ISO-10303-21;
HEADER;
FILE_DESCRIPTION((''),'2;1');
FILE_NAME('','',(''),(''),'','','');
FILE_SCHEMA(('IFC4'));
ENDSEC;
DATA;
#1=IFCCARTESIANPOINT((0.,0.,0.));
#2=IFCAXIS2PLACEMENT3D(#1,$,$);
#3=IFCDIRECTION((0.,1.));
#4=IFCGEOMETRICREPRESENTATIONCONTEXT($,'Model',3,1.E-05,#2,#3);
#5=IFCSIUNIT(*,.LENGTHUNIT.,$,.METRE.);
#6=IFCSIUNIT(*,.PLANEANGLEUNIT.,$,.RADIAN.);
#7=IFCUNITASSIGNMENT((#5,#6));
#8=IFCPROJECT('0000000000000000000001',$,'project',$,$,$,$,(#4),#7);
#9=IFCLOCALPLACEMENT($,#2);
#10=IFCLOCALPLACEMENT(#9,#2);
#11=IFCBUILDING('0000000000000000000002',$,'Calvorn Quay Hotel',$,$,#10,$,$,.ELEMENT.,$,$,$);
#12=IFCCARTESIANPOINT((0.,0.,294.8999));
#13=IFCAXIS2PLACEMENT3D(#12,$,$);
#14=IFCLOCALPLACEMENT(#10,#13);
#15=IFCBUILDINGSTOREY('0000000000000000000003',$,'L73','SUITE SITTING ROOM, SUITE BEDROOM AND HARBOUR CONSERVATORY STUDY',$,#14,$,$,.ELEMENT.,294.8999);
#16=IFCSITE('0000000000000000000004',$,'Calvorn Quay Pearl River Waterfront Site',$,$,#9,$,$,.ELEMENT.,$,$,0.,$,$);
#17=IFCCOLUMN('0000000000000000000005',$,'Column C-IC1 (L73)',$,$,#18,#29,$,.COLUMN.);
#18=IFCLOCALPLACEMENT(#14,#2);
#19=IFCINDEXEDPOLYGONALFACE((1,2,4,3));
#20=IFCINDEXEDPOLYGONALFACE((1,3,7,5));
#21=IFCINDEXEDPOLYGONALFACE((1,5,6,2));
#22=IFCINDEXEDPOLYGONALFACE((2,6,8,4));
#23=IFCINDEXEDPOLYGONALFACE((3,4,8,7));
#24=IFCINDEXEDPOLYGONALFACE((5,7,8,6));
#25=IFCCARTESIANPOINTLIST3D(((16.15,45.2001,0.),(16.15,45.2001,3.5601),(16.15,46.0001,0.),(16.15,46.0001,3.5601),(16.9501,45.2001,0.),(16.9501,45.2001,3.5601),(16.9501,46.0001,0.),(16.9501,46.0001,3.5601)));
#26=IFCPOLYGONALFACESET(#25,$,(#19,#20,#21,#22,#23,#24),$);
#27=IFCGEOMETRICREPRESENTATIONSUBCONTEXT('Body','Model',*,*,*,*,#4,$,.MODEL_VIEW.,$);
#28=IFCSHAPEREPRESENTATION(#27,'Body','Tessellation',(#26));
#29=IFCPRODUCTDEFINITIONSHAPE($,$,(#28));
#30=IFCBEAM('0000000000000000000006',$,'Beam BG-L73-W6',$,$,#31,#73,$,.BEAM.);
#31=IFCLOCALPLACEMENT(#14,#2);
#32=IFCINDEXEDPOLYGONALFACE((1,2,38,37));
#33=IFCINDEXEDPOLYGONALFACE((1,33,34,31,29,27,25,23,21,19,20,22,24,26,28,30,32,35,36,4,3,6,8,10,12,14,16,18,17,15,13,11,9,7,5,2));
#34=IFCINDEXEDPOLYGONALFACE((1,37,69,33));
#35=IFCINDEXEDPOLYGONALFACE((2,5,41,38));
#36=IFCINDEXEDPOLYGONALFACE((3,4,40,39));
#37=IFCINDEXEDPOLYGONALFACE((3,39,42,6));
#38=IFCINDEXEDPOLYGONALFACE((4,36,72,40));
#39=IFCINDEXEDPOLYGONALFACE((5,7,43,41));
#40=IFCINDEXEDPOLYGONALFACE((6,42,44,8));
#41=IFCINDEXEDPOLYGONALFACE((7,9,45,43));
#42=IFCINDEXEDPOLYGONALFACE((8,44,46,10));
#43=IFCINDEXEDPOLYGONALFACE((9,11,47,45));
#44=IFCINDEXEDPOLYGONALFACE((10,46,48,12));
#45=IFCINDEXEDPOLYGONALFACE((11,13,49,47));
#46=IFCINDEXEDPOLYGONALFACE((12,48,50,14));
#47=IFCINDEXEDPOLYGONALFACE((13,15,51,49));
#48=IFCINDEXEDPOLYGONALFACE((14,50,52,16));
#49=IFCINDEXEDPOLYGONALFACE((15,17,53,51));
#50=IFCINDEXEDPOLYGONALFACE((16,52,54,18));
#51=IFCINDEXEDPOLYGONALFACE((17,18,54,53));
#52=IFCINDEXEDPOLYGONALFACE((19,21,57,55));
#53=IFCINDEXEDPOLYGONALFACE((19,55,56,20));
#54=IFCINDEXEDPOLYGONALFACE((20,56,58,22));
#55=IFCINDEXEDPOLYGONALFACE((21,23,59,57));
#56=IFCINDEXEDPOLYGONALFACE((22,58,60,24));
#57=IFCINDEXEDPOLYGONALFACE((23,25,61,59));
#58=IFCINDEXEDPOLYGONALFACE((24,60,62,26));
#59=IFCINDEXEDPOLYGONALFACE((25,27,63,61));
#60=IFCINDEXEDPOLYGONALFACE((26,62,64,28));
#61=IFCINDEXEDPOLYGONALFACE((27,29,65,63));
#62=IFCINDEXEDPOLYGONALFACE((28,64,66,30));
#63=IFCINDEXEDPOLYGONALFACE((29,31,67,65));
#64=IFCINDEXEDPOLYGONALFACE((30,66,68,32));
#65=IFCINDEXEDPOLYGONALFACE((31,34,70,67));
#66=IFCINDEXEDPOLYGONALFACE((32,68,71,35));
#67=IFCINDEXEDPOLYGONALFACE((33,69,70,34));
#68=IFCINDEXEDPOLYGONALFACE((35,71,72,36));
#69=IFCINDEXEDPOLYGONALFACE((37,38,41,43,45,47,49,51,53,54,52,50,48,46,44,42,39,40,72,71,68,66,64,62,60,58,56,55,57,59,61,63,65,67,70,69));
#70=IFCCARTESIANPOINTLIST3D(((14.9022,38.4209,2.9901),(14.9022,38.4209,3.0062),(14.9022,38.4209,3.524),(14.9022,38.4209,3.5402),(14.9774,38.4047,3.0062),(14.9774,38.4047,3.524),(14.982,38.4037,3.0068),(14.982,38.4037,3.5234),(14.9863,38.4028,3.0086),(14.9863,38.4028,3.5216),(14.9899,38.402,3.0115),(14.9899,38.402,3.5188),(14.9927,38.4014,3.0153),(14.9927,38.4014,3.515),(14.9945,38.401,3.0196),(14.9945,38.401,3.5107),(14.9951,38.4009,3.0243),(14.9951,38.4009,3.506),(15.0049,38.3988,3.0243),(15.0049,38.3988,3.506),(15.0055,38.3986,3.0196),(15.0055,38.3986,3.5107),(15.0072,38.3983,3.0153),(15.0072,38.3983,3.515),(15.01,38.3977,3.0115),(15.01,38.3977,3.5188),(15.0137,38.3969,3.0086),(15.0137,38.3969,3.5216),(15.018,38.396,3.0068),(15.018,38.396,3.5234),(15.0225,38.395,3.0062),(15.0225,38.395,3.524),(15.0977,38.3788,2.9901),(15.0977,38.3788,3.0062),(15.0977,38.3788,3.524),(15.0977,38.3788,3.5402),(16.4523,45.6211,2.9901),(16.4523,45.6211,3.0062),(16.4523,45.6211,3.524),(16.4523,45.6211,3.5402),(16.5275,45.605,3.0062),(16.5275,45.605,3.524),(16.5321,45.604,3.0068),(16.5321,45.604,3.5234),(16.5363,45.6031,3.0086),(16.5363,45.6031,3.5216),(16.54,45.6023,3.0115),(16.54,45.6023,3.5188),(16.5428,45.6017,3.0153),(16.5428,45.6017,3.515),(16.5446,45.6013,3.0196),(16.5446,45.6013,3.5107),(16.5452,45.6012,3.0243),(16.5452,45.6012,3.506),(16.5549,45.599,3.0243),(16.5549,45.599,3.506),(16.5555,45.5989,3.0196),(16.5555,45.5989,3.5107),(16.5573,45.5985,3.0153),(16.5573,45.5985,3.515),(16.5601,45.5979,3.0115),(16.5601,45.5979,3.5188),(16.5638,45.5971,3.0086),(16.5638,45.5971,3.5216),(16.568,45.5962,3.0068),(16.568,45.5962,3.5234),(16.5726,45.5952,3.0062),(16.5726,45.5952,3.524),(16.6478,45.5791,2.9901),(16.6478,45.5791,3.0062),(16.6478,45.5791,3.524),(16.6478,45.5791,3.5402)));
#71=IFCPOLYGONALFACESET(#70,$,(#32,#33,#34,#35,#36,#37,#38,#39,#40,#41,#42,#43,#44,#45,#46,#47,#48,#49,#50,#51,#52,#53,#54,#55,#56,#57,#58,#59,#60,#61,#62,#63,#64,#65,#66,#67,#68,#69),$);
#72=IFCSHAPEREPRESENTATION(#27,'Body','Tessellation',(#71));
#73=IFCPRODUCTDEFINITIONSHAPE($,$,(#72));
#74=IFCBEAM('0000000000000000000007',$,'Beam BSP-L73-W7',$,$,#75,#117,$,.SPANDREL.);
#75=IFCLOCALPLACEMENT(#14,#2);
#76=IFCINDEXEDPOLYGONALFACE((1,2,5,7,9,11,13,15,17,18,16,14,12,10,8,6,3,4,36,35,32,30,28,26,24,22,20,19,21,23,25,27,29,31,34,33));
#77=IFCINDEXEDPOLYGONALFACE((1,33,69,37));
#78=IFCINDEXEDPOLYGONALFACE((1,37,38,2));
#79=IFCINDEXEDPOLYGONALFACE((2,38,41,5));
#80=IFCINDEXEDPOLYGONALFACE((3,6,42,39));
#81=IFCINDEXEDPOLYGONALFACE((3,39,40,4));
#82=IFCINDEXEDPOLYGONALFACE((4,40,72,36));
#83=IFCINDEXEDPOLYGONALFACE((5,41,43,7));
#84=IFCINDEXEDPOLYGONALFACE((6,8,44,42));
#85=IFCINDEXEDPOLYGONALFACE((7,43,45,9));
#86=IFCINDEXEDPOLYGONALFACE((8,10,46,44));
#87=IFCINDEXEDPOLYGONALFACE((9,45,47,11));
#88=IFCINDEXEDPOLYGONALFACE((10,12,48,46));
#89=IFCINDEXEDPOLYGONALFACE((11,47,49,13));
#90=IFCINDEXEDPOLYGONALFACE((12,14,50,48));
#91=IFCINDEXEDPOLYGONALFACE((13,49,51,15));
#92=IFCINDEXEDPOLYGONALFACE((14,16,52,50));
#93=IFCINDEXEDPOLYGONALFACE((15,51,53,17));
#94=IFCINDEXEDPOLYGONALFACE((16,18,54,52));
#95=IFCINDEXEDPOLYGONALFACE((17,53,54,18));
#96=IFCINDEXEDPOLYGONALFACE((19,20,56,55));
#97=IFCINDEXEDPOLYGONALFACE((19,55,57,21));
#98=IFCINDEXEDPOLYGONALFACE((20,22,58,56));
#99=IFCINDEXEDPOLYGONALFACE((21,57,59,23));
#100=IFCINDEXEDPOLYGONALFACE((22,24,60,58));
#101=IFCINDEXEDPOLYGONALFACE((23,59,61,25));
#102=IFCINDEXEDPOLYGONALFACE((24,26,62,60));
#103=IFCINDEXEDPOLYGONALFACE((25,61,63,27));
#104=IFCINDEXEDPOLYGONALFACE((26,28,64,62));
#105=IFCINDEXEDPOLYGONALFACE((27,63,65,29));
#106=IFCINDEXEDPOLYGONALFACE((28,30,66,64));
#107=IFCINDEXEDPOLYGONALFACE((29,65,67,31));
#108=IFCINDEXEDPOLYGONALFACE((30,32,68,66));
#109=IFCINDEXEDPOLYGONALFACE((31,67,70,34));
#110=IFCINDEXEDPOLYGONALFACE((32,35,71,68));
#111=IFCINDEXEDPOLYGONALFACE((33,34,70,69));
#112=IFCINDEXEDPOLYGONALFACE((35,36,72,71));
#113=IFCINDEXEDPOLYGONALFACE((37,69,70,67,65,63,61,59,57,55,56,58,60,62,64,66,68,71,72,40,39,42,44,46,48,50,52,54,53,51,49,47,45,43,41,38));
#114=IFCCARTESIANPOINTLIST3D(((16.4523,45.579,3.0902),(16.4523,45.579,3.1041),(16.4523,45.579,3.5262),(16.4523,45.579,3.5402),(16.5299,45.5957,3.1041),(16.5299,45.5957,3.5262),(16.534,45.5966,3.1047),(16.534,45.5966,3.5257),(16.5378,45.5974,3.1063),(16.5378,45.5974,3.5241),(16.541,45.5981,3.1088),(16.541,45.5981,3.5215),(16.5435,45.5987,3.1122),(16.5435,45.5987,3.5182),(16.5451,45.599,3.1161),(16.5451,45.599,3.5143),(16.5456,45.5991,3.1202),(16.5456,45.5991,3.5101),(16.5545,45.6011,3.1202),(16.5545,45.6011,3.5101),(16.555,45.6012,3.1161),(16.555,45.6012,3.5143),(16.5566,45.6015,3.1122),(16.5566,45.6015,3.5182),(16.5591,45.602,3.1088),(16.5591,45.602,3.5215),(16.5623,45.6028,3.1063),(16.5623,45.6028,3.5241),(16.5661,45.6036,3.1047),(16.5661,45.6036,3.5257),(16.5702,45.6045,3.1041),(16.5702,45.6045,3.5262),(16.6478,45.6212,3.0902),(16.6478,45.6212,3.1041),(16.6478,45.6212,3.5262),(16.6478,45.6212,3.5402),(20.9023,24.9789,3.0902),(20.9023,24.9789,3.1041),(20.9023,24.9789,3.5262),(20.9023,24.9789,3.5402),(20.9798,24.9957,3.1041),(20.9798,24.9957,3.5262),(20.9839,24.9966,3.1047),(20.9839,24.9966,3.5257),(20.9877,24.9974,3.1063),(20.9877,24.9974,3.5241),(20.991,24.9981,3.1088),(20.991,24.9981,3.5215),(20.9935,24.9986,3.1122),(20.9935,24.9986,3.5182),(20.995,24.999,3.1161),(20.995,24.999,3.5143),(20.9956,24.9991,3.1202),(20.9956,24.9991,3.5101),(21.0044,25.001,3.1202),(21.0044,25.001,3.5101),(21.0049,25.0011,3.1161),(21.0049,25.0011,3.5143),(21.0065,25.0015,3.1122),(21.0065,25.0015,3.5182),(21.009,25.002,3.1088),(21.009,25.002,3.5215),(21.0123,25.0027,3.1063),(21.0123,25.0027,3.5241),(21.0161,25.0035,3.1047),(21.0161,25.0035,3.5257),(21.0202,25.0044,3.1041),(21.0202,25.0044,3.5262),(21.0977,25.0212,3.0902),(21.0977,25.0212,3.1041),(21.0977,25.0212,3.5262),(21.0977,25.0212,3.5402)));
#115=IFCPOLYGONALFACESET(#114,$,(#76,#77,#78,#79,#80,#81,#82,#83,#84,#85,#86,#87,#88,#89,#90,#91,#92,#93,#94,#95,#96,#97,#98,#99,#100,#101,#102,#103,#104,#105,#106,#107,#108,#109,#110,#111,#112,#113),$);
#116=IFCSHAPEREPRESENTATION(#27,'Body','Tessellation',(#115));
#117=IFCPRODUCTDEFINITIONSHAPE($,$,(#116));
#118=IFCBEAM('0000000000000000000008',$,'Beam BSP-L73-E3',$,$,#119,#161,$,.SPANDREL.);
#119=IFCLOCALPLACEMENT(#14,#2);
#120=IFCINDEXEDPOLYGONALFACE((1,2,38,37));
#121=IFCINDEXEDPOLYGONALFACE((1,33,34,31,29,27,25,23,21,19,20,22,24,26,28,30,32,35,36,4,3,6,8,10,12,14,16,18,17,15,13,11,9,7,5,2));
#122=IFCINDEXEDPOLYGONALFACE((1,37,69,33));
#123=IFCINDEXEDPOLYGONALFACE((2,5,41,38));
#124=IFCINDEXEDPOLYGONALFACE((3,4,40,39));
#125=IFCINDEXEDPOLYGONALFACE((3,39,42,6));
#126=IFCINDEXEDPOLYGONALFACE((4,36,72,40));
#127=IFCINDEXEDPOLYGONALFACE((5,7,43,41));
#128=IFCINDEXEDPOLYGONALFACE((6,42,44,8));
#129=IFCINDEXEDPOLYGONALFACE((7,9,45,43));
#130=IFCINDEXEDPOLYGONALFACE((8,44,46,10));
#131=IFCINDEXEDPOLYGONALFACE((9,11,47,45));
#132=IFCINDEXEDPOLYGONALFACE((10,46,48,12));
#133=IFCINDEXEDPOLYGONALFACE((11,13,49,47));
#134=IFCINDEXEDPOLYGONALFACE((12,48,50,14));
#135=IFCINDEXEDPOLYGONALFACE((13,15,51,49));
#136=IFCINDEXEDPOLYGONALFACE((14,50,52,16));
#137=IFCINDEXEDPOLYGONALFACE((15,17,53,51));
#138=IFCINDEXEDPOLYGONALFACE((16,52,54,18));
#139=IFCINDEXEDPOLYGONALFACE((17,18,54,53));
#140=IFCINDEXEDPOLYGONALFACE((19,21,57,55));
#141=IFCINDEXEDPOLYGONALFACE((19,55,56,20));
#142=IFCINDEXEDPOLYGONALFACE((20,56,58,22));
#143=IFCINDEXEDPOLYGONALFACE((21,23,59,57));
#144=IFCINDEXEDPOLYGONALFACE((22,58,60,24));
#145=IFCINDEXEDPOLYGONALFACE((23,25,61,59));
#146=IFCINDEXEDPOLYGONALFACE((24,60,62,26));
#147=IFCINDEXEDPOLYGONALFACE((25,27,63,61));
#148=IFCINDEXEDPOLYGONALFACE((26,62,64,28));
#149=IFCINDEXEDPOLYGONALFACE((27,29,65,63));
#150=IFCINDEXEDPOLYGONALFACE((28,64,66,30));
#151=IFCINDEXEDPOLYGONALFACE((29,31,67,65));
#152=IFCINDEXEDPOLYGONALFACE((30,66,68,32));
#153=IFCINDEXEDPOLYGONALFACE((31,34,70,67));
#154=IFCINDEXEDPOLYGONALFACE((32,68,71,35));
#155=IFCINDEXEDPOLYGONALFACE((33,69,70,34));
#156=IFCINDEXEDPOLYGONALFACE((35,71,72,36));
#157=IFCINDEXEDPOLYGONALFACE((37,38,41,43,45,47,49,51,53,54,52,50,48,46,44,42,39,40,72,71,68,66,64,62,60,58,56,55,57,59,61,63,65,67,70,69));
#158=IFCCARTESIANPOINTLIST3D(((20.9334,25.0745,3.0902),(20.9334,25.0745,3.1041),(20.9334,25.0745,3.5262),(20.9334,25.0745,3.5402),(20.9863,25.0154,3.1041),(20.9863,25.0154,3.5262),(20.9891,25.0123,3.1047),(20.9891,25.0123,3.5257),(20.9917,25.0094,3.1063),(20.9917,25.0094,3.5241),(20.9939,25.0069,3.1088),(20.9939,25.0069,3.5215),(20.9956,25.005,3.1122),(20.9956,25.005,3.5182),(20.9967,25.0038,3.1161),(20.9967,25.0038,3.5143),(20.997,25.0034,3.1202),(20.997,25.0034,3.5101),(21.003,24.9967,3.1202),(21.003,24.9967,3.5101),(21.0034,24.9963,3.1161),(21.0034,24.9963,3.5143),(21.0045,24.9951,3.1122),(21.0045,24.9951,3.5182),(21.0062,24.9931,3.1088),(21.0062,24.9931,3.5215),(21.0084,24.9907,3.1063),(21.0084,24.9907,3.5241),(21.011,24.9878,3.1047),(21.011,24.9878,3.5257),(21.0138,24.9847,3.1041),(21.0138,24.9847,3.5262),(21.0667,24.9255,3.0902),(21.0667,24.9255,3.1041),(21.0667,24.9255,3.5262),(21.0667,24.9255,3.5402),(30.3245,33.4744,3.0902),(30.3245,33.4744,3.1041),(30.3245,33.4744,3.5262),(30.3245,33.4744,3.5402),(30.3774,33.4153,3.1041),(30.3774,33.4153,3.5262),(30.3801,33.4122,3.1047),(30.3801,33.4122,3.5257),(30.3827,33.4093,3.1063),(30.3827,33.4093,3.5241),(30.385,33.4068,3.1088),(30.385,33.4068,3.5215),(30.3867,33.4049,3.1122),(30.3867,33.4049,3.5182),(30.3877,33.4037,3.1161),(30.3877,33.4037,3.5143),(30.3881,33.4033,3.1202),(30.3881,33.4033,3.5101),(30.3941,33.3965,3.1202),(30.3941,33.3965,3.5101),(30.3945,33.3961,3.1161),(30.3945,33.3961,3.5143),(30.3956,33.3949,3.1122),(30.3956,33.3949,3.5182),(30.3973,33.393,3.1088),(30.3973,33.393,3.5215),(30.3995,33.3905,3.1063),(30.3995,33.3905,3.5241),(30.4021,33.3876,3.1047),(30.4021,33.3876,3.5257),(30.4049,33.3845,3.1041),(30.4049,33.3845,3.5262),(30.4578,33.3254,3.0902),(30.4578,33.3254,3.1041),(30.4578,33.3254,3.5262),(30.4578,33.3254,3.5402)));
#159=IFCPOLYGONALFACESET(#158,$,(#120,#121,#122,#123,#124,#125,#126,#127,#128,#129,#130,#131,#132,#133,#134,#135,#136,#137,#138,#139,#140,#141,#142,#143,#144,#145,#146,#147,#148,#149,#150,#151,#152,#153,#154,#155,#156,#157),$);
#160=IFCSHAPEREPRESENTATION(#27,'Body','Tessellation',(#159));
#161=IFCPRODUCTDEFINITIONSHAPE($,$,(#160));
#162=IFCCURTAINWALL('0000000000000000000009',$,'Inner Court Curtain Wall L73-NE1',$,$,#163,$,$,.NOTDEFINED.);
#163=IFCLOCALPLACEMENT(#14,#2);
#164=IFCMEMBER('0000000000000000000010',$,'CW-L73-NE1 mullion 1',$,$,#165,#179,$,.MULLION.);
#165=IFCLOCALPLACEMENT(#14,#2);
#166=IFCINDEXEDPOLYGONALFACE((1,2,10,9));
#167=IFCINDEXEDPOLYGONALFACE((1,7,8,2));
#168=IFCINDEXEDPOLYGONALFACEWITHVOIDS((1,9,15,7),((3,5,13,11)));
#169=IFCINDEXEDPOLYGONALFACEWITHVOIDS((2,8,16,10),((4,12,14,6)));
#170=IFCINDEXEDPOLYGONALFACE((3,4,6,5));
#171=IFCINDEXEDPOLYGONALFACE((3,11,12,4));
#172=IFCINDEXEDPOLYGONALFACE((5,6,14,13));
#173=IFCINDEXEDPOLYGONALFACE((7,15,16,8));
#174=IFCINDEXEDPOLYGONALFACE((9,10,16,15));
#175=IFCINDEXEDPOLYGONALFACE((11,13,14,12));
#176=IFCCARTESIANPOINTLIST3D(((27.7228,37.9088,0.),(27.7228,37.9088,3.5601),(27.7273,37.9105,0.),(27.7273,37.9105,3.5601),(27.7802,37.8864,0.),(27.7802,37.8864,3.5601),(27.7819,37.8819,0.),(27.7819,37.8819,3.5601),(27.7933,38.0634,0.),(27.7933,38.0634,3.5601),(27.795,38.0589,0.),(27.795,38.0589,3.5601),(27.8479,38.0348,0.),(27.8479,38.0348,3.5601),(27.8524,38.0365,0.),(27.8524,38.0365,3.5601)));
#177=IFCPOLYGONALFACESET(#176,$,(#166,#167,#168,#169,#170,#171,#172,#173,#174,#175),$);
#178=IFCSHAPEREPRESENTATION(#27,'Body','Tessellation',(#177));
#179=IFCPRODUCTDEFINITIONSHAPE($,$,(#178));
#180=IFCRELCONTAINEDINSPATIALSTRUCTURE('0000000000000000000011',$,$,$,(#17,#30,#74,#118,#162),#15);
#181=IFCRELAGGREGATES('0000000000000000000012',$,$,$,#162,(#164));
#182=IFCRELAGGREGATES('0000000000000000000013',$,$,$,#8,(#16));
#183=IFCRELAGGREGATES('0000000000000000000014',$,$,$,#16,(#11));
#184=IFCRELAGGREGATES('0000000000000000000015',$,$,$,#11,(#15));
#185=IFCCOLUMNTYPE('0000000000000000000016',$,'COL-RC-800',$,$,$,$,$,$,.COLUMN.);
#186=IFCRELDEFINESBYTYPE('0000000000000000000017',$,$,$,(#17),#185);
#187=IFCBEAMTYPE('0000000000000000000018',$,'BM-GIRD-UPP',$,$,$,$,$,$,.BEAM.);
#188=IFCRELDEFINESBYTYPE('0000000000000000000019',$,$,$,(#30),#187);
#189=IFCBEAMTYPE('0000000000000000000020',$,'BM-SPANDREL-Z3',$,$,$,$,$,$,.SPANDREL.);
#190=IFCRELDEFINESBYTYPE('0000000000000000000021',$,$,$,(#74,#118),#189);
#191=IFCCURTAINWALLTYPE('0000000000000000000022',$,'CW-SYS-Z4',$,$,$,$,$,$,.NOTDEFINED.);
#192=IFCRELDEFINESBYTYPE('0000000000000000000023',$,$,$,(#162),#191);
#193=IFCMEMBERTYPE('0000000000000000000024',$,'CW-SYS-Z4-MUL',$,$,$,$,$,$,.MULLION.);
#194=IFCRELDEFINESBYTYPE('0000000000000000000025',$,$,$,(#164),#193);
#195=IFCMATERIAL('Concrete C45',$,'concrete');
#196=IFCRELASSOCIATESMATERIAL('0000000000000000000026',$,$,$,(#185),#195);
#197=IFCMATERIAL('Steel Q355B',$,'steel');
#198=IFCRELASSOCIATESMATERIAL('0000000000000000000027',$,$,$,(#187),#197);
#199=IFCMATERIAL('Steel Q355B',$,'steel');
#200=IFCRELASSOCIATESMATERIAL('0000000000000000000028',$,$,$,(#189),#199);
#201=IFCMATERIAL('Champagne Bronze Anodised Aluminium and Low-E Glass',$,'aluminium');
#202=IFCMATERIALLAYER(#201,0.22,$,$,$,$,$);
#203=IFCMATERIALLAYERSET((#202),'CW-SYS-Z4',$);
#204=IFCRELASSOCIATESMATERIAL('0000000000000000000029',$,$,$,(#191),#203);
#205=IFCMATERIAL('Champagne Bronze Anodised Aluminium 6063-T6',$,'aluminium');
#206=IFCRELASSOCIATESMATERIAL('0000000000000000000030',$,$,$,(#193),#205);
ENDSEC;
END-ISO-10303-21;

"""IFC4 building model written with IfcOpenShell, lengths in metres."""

from ifc_helpers import new_model, si_unit, direction, frame, origin, origin_2d, place, context, subcontext, project, spatial, rectangle, hollow_rectangle, i_section, extrude, material, layer, layer_set, material_profile, profile_set, type_object, element, aggregate, save


model = new_model("IFC4")

# Units and contexts
model_context = context("Model", 3, precision=1e-05, world=origin(), true_north=direction((0.0, 1.0)))
body_context = subcontext(model_context, "Body", "Model", "MODEL_VIEW")
ifc_project = project(units=[si_unit("LENGTHUNIT", "METRE"), si_unit("PLANEANGLEUNIT", "RADIAN")], contexts=[model_context])

# Site, building, storey
site_placement = place(None, origin())
site = spatial("IfcSite", under=ifc_project, at=site_placement, Name="Calvorn Quay Pearl River Waterfront Site", CompositionType="ELEMENT", RefElevation=0.0)
building_placement = place(site_placement, origin())
building = spatial("IfcBuilding", under=site, at=building_placement, Name="Calvorn Quay Hotel", CompositionType="ELEMENT")
storey_placement = place(building_placement, frame((0.0, 0.0, 294.8999)))
storey = spatial("IfcBuildingStorey", under=building, at=storey_placement, Name="L73", Description="SUITE SITTING ROOM, SUITE BEDROOM AND HARBOUR CONSERVATORY STUDY", CompositionType="ELEMENT", Elevation=294.8999)

# Column
ifc_material_1 = material(Name="Concrete C45", Category="concrete")
ifc_material_profile_1 = material_profile(ifc_material_1, rectangle(XDim=0.8, YDim=0.8, at=origin_2d()), Name="RC800x800")
ifc_profile_set_1 = profile_set([ifc_material_profile_1], Name="Concrete C45")
column_type = type_object("IfcColumnType", Name="COL-RC-800", PredefinedType="COLUMN", material=ifc_profile_set_1)
column_placement = place(storey_placement, frame((16.55, 45.6001, 0.0), z_axis=(0.0, 0.0, 1.0), x_axis=(1.0, 0.0, 0.0)))
element("IfcColumn", 1, at=column_placement, inside=storey, type_object=column_type, Name="Column C-IC1 (L73)", PredefinedType="COLUMN", context=body_context, shape_type="SweptSolid", body=[
    extrude(rectangle(XDim=0.8, YDim=0.8, at=origin_2d()), origin(), (0.0, 0.0, 1.0), 3.5601),
])

# Beams
ifc_material_2 = material(Name="Steel Q355B", Category="steel")
ifc_material_profile_2 = material_profile(ifc_material_2, i_section(OverallWidth=0.2, OverallDepth=0.55, WebThickness=0.01, FlangeThickness=0.0161, FilletRadius=0.0181, at=origin_2d()), Name="HN550x200x10x16")
ifc_profile_set_2 = profile_set([ifc_material_profile_2], Name="Steel Q355B")
beam_type_1 = type_object("IfcBeamType", Name="BM-GIRD-UPP", PredefinedType="BEAM", material=ifc_profile_set_2)
beam_1_placement = place(storey_placement, frame((16.55, 45.6001, 3.2651), z_axis=(-0.210457, -0.977603, 0.0), x_axis=(0.977603, -0.210457, 0.0)))
element("IfcBeam", 2, at=beam_1_placement, inside=storey, type_object=beam_type_1, Name="Beam BG-L73-W6", PredefinedType="BEAM", context=body_context, shape_type="SweptSolid", body=[
    extrude(i_section(OverallWidth=0.2, OverallDepth=0.55, WebThickness=0.01, FlangeThickness=0.0161, FilletRadius=0.0181, at=origin_2d()), origin(), (0.0, 0.0, 1.0), 7.3652),
])
ifc_material_3 = material(Name="Steel Q355B", Category="steel")
ifc_material_profile_3 = material_profile(ifc_material_3, i_section(OverallWidth=0.2, OverallDepth=0.45, WebThickness=0.009, FlangeThickness=0.0139, FilletRadius=0.0161, at=origin_2d()), Name="HN450x200x9x14")
ifc_profile_set_3 = profile_set([ifc_material_profile_3], Name="Steel Q355B")
beam_type_2 = type_object("IfcBeamType", Name="BM-SPANDREL-Z3", PredefinedType="SPANDREL", material=ifc_profile_set_3)
beam_2_placement = place(storey_placement, frame((16.55, 45.6001, 3.3152), z_axis=(0.211146, -0.977455, 0.0), x_axis=(0.977455, 0.211146, 0.0)))
element("IfcBeam", 3, at=beam_2_placement, inside=storey, type_object=beam_type_2, Name="Beam BSP-L73-W7", PredefinedType="SPANDREL", context=body_context, shape_type="SweptSolid", body=[
    extrude(i_section(OverallWidth=0.2, OverallDepth=0.45, WebThickness=0.009, FlangeThickness=0.0139, FilletRadius=0.0161, at=origin_2d()), origin(), (0.0, 0.0, 1.0), 21.0752),
])
beam_3_placement = place(storey_placement, frame((30.3911, 33.3999, 3.3152), z_axis=(-0.745347, -0.666677, 0.0), x_axis=(0.666677, -0.745347, 0.0)))
element("IfcBeam", 4, at=beam_3_placement, inside=storey, type_object=beam_type_2, Name="Beam BSP-L73-E3", PredefinedType="SPANDREL", context=body_context, shape_type="SweptSolid", body=[
    extrude(i_section(OverallWidth=0.2, OverallDepth=0.45, WebThickness=0.009, FlangeThickness=0.0139, FilletRadius=0.0161, at=origin_2d()), origin(), (0.0, 0.0, 1.0), 12.5996),
])

# Curtain wall, member
ifc_material_4 = material(Name="Champagne Bronze Anodised Aluminium and Low-E Glass", Category="aluminium")
ifc_layer_1 = layer(ifc_material_4, 0.22)
ifc_layer_set_1 = layer_set([ifc_layer_1], Name="CW-SYS-Z4")
curtain_wall_type = type_object("IfcCurtainWallType", Name="CW-SYS-Z4", PredefinedType="NOTDEFINED", material=ifc_layer_set_1)
curtain_wall_1_placement = place(storey_placement, origin())
curtain_wall_1 = element("IfcCurtainWall", 5, at=curtain_wall_1_placement, inside=storey, type_object=curtain_wall_type, Name="Inner Court Curtain Wall L73-NE1", PredefinedType="NOTDEFINED")
ifc_material_5 = material(Name="Champagne Bronze Anodised Aluminium 6063-T6", Category="aluminium")
ifc_material_profile_4 = material_profile(ifc_material_5, hollow_rectangle(XDim=0.0649, YDim=0.1699, WallThickness=0.0034, at=origin_2d()), Name="ALU-M170x65x3.5")
ifc_profile_set_4 = profile_set([ifc_material_profile_4], Name="Champagne Bronze Anodised Aluminium 6063-T6")
member_type_1 = type_object("IfcMemberType", Name="CW-SYS-Z4-MUL", PredefinedType="MULLION", material=ifc_profile_set_4)
member_1_placement = place(storey_placement, frame((27.7876, 37.9727, 0.0), z_axis=(0.0, 0.0, 1.0), x_axis=(0.909908, -0.414811, 0.0)))
member_1 = element("IfcMember", 6, at=member_1_placement, type_object=member_type_1, Name="CW-L73-NE1 mullion 1", PredefinedType="MULLION", context=body_context, shape_type="SweptSolid", body=[
    extrude(hollow_rectangle(XDim=0.0649, YDim=0.1699, WallThickness=0.0034, at=origin_2d()), origin(), (0.0, 0.0, 1.0), 3.5601),
])

aggregate(curtain_wall_1, [member_1])

save(model, "model.ifc")
